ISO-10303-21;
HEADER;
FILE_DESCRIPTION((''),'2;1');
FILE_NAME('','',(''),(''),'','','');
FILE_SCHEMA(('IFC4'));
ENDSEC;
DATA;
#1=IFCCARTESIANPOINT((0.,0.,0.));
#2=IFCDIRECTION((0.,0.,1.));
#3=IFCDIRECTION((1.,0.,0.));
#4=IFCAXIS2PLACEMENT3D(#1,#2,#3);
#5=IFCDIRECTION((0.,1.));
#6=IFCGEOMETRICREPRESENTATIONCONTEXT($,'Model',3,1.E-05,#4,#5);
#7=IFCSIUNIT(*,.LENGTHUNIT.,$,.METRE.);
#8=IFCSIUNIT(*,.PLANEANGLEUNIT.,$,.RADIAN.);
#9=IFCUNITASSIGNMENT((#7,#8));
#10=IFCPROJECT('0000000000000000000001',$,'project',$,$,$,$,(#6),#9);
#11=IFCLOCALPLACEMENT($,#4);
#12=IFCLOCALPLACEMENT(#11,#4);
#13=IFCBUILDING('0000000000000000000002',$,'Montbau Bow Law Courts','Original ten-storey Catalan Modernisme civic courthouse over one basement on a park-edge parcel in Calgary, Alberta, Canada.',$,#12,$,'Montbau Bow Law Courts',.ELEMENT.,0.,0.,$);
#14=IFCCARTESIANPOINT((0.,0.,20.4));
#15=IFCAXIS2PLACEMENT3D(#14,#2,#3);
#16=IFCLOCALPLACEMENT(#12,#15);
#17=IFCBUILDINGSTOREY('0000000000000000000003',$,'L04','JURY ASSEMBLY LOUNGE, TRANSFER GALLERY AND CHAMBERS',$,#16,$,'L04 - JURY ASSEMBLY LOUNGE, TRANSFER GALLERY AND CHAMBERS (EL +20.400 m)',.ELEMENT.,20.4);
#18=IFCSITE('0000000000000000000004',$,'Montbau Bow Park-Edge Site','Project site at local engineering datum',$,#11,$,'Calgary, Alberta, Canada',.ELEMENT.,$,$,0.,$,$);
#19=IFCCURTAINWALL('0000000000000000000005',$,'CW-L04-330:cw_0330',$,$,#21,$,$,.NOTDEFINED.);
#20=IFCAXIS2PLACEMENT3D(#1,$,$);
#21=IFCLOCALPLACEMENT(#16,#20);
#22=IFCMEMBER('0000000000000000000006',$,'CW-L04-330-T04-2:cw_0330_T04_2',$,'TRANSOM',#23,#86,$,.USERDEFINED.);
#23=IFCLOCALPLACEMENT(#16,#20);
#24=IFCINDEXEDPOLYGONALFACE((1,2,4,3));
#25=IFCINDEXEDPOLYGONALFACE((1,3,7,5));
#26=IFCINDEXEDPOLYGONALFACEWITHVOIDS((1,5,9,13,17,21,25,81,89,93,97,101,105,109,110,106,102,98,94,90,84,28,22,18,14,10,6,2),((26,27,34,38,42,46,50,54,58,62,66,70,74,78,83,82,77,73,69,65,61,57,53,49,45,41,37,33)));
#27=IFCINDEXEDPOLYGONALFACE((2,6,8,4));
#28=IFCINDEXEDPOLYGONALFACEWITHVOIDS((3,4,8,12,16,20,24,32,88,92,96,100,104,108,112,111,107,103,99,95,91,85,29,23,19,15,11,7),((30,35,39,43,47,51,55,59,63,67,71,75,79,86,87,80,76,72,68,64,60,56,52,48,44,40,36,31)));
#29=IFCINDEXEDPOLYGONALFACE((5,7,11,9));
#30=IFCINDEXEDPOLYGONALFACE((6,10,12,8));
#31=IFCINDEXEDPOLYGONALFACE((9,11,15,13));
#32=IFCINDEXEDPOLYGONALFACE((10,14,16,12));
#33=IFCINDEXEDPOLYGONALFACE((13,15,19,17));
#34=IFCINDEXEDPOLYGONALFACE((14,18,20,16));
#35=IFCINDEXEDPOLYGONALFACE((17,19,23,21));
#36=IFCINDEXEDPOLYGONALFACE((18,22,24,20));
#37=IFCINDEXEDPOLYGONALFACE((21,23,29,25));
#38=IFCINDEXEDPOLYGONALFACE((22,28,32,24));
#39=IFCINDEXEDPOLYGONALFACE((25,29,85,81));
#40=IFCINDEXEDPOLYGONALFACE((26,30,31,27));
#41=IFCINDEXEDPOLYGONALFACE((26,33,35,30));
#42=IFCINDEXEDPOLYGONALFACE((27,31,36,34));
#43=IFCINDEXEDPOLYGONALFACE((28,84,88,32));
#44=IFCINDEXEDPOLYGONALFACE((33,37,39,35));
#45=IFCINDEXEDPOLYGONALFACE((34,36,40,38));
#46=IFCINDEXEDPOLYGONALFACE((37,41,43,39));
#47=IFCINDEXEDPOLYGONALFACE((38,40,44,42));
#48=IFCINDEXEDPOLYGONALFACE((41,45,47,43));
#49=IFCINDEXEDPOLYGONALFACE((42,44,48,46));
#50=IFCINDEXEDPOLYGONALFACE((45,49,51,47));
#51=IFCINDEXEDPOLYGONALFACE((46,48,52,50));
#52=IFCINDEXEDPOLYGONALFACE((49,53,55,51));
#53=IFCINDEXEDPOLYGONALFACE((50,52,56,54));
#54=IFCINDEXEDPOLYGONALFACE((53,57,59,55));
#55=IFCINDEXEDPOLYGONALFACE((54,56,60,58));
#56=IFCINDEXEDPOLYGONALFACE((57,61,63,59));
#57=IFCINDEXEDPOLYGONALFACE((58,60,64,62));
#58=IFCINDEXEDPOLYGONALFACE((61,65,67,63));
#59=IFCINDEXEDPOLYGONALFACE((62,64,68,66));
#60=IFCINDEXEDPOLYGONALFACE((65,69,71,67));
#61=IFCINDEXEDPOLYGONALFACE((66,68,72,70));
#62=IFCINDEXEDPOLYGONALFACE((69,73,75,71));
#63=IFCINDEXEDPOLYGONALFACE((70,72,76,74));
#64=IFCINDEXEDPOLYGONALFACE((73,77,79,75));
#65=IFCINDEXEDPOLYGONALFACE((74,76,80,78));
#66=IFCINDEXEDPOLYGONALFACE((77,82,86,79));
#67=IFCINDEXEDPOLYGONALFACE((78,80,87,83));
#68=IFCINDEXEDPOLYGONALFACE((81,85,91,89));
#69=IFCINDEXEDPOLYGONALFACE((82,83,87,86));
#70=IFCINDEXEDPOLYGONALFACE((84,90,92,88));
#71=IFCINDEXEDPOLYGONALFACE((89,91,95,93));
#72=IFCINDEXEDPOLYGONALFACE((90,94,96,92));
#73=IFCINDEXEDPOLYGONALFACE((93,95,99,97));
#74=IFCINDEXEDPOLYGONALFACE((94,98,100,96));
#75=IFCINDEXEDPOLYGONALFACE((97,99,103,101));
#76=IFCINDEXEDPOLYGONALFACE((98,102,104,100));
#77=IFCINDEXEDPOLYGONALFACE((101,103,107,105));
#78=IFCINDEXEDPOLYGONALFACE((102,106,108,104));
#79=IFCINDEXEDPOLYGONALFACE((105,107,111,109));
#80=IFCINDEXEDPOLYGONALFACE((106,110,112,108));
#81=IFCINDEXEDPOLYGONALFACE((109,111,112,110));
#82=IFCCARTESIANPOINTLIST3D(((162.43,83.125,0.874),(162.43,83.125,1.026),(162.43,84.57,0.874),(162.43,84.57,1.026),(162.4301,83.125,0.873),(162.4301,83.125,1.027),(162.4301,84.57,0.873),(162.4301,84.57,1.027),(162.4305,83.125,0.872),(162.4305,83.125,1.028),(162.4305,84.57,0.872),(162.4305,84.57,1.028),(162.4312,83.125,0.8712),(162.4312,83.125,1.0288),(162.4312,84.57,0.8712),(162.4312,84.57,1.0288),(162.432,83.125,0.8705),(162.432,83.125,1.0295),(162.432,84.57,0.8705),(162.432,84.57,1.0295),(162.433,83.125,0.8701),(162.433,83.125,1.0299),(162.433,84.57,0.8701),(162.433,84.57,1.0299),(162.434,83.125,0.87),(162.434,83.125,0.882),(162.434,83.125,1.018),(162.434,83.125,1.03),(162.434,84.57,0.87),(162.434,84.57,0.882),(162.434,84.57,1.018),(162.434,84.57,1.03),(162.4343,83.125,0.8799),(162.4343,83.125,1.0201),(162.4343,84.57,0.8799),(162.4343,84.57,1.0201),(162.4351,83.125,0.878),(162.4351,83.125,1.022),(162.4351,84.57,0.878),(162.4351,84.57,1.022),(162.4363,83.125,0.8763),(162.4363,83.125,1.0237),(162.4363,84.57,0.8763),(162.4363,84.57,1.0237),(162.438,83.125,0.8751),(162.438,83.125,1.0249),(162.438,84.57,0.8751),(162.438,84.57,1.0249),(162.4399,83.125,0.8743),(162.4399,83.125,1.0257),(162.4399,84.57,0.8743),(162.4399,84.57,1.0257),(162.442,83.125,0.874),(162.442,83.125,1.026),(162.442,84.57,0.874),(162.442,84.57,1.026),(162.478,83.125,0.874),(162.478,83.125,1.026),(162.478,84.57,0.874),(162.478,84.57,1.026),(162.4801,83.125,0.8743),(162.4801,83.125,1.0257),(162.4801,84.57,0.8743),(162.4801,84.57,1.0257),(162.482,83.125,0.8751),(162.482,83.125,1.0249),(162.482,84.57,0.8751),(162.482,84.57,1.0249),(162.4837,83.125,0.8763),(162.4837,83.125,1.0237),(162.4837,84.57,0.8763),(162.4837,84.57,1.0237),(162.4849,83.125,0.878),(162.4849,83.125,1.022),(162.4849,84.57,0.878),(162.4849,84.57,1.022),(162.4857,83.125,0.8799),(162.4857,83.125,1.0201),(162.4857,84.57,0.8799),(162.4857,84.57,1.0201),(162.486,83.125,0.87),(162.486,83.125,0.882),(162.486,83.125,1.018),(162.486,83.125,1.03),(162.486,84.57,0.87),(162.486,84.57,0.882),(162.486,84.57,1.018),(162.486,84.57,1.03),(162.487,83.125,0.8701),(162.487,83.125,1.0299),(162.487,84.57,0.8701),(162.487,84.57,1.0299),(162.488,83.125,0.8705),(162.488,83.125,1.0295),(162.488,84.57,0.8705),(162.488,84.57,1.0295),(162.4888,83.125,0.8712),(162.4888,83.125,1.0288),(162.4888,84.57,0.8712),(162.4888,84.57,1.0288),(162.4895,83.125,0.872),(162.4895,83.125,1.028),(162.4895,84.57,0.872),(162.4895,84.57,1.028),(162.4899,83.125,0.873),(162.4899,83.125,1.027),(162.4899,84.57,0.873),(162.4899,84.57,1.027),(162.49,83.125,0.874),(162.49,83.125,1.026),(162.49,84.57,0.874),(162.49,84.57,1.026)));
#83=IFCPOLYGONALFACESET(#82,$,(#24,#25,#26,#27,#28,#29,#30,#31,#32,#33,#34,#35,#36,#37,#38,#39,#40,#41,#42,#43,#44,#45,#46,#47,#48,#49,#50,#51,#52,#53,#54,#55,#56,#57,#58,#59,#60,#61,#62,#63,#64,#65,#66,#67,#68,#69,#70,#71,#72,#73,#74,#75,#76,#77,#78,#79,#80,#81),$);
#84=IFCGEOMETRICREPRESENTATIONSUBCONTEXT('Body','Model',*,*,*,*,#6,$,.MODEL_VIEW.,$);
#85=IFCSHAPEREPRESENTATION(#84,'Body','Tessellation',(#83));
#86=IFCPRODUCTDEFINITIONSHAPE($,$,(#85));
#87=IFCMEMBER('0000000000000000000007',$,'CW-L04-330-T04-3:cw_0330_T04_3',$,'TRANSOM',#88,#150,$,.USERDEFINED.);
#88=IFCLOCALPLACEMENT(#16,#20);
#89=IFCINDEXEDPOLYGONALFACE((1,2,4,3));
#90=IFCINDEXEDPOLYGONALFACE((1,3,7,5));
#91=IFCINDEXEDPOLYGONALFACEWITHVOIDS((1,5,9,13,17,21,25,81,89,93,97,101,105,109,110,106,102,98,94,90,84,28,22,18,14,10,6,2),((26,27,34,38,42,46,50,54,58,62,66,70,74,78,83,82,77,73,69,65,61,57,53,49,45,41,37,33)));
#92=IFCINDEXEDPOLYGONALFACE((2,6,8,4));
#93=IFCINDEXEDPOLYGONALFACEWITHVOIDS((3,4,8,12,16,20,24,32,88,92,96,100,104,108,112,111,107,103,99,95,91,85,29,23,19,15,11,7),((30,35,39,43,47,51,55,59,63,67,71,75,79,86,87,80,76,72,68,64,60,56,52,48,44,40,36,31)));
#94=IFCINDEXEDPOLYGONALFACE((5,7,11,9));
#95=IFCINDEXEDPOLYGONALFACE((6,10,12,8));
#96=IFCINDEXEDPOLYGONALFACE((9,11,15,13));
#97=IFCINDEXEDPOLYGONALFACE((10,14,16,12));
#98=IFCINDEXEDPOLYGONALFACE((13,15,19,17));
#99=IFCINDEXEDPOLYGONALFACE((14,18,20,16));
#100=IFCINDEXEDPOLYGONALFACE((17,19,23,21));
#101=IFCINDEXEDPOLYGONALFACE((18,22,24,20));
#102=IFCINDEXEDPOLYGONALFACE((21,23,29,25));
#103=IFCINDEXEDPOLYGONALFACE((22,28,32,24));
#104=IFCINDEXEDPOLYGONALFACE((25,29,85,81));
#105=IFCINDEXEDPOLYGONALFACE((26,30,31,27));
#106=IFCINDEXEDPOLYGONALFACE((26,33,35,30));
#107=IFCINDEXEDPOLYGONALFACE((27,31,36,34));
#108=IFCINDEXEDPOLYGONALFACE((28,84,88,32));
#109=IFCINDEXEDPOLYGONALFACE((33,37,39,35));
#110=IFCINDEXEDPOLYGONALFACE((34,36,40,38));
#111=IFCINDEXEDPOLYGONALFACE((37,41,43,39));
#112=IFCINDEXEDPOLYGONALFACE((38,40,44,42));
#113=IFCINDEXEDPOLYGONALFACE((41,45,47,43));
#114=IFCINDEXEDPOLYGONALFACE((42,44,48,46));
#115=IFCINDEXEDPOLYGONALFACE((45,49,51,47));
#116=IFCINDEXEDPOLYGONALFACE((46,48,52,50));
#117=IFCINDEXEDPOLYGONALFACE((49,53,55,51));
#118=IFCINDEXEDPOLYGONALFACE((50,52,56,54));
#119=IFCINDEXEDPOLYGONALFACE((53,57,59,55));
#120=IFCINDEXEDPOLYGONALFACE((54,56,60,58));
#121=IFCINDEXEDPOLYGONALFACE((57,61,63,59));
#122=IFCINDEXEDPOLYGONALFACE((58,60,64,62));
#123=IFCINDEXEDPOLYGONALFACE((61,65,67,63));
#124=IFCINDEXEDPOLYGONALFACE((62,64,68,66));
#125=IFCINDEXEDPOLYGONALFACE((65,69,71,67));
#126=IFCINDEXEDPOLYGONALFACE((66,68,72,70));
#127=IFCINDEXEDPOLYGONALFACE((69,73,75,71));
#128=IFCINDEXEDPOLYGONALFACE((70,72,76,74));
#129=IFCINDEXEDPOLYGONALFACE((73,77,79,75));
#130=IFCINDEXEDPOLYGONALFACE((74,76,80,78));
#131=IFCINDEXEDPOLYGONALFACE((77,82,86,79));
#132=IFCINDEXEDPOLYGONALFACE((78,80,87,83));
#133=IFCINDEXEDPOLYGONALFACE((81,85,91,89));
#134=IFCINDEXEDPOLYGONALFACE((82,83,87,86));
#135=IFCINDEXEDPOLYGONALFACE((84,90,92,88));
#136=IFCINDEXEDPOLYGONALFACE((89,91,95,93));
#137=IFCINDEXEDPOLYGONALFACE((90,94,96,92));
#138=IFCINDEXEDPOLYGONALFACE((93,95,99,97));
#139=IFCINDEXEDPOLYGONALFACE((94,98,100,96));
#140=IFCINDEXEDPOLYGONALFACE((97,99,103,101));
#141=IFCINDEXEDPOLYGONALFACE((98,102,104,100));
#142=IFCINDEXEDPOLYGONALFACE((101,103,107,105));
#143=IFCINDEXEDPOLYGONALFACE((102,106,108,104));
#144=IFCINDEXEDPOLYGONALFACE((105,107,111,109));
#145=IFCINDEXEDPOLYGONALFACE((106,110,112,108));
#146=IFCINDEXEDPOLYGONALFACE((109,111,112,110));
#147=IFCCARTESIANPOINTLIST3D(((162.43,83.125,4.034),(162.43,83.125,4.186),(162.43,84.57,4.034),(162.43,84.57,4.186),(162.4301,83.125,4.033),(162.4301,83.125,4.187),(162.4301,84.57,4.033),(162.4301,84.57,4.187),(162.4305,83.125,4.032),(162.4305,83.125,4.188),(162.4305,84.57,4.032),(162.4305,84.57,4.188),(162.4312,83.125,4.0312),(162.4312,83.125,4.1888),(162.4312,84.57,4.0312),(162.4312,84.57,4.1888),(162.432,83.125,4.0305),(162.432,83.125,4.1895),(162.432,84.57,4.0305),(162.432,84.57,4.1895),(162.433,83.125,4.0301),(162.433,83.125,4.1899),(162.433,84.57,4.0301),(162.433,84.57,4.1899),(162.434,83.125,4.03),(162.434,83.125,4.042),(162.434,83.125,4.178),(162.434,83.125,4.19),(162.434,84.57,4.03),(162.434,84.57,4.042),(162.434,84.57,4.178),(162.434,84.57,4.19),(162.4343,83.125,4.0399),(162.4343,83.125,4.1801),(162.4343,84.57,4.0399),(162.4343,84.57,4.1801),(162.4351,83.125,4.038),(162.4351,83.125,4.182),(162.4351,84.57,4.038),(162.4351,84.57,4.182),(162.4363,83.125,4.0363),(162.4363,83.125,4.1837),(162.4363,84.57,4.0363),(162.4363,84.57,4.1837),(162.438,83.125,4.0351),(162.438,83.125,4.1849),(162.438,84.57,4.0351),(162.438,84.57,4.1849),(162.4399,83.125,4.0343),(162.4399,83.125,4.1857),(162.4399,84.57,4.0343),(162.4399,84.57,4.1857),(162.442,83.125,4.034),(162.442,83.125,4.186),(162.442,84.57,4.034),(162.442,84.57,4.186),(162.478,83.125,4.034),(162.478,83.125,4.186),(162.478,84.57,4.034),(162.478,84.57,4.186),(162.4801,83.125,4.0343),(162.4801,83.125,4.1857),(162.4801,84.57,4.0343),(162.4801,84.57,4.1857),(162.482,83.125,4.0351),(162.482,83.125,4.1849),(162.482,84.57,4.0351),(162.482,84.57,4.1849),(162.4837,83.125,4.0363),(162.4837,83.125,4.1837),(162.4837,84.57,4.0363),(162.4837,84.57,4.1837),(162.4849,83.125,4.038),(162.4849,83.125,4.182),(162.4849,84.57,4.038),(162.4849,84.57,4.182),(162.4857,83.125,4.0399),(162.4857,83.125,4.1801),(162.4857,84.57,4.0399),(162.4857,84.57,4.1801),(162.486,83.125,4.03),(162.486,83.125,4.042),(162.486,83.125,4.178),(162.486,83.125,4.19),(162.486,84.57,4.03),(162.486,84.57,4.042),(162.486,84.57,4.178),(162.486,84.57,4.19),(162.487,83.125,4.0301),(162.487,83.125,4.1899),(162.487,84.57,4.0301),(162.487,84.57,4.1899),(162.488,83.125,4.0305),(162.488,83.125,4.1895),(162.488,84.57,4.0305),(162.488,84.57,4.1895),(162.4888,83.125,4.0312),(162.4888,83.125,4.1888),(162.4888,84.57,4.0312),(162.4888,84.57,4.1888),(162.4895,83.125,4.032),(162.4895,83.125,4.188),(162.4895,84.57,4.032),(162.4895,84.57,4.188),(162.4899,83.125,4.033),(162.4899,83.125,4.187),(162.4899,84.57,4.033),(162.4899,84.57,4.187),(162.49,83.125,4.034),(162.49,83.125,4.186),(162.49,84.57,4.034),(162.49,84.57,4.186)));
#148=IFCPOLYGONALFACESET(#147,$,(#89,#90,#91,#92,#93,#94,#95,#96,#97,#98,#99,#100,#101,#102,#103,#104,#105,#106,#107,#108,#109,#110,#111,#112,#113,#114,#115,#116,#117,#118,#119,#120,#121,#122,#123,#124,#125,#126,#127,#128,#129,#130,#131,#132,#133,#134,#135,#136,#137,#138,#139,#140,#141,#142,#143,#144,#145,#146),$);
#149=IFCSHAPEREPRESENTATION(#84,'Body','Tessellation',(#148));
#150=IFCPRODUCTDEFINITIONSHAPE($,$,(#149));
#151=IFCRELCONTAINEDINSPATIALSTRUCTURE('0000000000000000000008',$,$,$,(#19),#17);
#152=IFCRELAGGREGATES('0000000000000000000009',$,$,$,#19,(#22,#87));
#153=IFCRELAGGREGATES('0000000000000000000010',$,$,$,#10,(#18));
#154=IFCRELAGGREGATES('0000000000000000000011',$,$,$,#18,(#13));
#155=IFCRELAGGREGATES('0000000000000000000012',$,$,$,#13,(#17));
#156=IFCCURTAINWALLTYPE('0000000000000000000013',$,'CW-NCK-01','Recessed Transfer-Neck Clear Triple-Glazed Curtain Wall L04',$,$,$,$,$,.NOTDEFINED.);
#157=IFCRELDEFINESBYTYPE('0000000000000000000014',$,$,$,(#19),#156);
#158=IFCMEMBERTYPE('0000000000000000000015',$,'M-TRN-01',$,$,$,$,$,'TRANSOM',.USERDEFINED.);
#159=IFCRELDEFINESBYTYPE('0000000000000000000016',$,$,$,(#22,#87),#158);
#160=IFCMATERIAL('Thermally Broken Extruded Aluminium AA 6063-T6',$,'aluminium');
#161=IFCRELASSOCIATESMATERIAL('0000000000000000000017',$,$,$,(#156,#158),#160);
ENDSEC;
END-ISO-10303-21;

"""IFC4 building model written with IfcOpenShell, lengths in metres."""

from ifc_helpers import new_model, si_unit, direction, frame, origin_with_axes, origin_2d_with_axis, place, context, subcontext, project, spatial, hollow_rectangle, extrude, material, material_profile, profile_set, type_object, element, aggregate, save


model = new_model("IFC4")

# Units and contexts
model_context = context("Model", 3, precision=1e-05, world=origin_with_axes(), true_north=direction((0.0, 1.0)))
body_context = subcontext(model_context, "Body", "Model", "MODEL_VIEW")
ifc_project = project(units=[si_unit("LENGTHUNIT", "METRE"), si_unit("PLANEANGLEUNIT", "RADIAN")], contexts=[model_context])

# Site, building, storey
site_placement = place(None, origin_with_axes())
site = spatial("IfcSite", under=ifc_project, at=site_placement, Name="Montbau Bow Park-Edge Site", Description="Project site at local engineering datum", LongName="Calgary, Alberta, Canada", CompositionType="ELEMENT", RefElevation=0.0)
building_placement = place(site_placement, origin_with_axes())
building = spatial("IfcBuilding", under=site, at=building_placement, Name="Montbau Bow Law Courts", Description="Original ten-storey Catalan Modernisme civic courthouse over one basement on a park-edge parcel in Calgary, Alberta, Canada.", LongName="Montbau Bow Law Courts", CompositionType="ELEMENT", ElevationOfRefHeight=0.0, ElevationOfTerrain=0.0)
storey_placement = place(building_placement, frame((0.0, 0.0, 20.4), z_axis=(0.0, 0.0, 1.0), x_axis=(1.0, 0.0, 0.0)))
storey = spatial("IfcBuildingStorey", under=building, at=storey_placement, Name="L04", Description="JURY ASSEMBLY LOUNGE, TRANSFER GALLERY AND CHAMBERS", LongName="L04 - JURY ASSEMBLY LOUNGE, TRANSFER GALLERY AND CHAMBERS (EL +20.400 m)", CompositionType="ELEMENT", Elevation=20.4)

# Curtain wall, members
ifc_material_1 = material(Name="Thermally Broken Extruded Aluminium AA 6063-T6", Category="aluminium")
curtain_wall_type = type_object("IfcCurtainWallType", Name="CW-NCK-01", Description="Recessed Transfer-Neck Clear Triple-Glazed Curtain Wall L04", PredefinedType="NOTDEFINED", material=ifc_material_1)
curtain_wall_placement = place(None, frame((162.46, 78.515, 20.4), z_axis=(0.0, 0.0, 1.0), x_axis=(1.0, 0.0, 0.0)))
curtain_wall = element("IfcCurtainWall", 1, at=curtain_wall_placement, inside=storey, type_object=curtain_wall_type, Name="CW-L04-330:cw_0330", PredefinedType="NOTDEFINED")
ifc_material_profile_1 = material_profile(ifc_material_1, hollow_rectangle(XDim=0.06, YDim=0.16, WallThickness=0.004, InnerFilletRadius=0.008, OuterFilletRadius=0.004, at=origin_2d_with_axis()), Name="CWT-160X60", Category="Main", Priority=0)
ifc_profile_set_1 = profile_set([ifc_material_profile_1], Name="Thermally Broken Extruded Aluminium AA 6063-T6")
member_type_1 = type_object("IfcMemberType", Name="M-TRN-01", ElementType="TRANSOM", PredefinedType="USERDEFINED", material=ifc_profile_set_1)
member_1_placement = place(None, frame((162.46, 83.125, 21.35), z_axis=(0.0, 1.0, 0.0), x_axis=(-1.0, 0.0, 0.0)))
member_1 = element("IfcMember", 2, at=member_1_placement, type_object=member_type_1, Name="CW-L04-330-T04-2:cw_0330_T04_2", ObjectType="TRANSOM", PredefinedType="USERDEFINED", context=body_context, shape_type="SweptSolid", body=[
    extrude(hollow_rectangle(XDim=0.06, YDim=0.16, WallThickness=0.004, InnerFilletRadius=0.008, OuterFilletRadius=0.004, at=origin_2d_with_axis()), origin_with_axes(), (0.0, 0.0, 1.0), 1.445),
])
member_2_placement = place(None, frame((162.46, 83.125, 24.51), z_axis=(0.0, 1.0, 0.0), x_axis=(-1.0, 0.0, 0.0)))
member_2 = element("IfcMember", 3, at=member_2_placement, type_object=member_type_1, Name="CW-L04-330-T04-3:cw_0330_T04_3", ObjectType="TRANSOM", PredefinedType="USERDEFINED", context=body_context, shape_type="SweptSolid", body=[
    extrude(hollow_rectangle(XDim=0.06, YDim=0.16, WallThickness=0.004, InnerFilletRadius=0.008, OuterFilletRadius=0.004, at=origin_2d_with_axis()), origin_with_axes(), (0.0, 0.0, 1.0), 1.445),
])
aggregate(curtain_wall, [member_1, member_2])

save(model, "model.ifc")
